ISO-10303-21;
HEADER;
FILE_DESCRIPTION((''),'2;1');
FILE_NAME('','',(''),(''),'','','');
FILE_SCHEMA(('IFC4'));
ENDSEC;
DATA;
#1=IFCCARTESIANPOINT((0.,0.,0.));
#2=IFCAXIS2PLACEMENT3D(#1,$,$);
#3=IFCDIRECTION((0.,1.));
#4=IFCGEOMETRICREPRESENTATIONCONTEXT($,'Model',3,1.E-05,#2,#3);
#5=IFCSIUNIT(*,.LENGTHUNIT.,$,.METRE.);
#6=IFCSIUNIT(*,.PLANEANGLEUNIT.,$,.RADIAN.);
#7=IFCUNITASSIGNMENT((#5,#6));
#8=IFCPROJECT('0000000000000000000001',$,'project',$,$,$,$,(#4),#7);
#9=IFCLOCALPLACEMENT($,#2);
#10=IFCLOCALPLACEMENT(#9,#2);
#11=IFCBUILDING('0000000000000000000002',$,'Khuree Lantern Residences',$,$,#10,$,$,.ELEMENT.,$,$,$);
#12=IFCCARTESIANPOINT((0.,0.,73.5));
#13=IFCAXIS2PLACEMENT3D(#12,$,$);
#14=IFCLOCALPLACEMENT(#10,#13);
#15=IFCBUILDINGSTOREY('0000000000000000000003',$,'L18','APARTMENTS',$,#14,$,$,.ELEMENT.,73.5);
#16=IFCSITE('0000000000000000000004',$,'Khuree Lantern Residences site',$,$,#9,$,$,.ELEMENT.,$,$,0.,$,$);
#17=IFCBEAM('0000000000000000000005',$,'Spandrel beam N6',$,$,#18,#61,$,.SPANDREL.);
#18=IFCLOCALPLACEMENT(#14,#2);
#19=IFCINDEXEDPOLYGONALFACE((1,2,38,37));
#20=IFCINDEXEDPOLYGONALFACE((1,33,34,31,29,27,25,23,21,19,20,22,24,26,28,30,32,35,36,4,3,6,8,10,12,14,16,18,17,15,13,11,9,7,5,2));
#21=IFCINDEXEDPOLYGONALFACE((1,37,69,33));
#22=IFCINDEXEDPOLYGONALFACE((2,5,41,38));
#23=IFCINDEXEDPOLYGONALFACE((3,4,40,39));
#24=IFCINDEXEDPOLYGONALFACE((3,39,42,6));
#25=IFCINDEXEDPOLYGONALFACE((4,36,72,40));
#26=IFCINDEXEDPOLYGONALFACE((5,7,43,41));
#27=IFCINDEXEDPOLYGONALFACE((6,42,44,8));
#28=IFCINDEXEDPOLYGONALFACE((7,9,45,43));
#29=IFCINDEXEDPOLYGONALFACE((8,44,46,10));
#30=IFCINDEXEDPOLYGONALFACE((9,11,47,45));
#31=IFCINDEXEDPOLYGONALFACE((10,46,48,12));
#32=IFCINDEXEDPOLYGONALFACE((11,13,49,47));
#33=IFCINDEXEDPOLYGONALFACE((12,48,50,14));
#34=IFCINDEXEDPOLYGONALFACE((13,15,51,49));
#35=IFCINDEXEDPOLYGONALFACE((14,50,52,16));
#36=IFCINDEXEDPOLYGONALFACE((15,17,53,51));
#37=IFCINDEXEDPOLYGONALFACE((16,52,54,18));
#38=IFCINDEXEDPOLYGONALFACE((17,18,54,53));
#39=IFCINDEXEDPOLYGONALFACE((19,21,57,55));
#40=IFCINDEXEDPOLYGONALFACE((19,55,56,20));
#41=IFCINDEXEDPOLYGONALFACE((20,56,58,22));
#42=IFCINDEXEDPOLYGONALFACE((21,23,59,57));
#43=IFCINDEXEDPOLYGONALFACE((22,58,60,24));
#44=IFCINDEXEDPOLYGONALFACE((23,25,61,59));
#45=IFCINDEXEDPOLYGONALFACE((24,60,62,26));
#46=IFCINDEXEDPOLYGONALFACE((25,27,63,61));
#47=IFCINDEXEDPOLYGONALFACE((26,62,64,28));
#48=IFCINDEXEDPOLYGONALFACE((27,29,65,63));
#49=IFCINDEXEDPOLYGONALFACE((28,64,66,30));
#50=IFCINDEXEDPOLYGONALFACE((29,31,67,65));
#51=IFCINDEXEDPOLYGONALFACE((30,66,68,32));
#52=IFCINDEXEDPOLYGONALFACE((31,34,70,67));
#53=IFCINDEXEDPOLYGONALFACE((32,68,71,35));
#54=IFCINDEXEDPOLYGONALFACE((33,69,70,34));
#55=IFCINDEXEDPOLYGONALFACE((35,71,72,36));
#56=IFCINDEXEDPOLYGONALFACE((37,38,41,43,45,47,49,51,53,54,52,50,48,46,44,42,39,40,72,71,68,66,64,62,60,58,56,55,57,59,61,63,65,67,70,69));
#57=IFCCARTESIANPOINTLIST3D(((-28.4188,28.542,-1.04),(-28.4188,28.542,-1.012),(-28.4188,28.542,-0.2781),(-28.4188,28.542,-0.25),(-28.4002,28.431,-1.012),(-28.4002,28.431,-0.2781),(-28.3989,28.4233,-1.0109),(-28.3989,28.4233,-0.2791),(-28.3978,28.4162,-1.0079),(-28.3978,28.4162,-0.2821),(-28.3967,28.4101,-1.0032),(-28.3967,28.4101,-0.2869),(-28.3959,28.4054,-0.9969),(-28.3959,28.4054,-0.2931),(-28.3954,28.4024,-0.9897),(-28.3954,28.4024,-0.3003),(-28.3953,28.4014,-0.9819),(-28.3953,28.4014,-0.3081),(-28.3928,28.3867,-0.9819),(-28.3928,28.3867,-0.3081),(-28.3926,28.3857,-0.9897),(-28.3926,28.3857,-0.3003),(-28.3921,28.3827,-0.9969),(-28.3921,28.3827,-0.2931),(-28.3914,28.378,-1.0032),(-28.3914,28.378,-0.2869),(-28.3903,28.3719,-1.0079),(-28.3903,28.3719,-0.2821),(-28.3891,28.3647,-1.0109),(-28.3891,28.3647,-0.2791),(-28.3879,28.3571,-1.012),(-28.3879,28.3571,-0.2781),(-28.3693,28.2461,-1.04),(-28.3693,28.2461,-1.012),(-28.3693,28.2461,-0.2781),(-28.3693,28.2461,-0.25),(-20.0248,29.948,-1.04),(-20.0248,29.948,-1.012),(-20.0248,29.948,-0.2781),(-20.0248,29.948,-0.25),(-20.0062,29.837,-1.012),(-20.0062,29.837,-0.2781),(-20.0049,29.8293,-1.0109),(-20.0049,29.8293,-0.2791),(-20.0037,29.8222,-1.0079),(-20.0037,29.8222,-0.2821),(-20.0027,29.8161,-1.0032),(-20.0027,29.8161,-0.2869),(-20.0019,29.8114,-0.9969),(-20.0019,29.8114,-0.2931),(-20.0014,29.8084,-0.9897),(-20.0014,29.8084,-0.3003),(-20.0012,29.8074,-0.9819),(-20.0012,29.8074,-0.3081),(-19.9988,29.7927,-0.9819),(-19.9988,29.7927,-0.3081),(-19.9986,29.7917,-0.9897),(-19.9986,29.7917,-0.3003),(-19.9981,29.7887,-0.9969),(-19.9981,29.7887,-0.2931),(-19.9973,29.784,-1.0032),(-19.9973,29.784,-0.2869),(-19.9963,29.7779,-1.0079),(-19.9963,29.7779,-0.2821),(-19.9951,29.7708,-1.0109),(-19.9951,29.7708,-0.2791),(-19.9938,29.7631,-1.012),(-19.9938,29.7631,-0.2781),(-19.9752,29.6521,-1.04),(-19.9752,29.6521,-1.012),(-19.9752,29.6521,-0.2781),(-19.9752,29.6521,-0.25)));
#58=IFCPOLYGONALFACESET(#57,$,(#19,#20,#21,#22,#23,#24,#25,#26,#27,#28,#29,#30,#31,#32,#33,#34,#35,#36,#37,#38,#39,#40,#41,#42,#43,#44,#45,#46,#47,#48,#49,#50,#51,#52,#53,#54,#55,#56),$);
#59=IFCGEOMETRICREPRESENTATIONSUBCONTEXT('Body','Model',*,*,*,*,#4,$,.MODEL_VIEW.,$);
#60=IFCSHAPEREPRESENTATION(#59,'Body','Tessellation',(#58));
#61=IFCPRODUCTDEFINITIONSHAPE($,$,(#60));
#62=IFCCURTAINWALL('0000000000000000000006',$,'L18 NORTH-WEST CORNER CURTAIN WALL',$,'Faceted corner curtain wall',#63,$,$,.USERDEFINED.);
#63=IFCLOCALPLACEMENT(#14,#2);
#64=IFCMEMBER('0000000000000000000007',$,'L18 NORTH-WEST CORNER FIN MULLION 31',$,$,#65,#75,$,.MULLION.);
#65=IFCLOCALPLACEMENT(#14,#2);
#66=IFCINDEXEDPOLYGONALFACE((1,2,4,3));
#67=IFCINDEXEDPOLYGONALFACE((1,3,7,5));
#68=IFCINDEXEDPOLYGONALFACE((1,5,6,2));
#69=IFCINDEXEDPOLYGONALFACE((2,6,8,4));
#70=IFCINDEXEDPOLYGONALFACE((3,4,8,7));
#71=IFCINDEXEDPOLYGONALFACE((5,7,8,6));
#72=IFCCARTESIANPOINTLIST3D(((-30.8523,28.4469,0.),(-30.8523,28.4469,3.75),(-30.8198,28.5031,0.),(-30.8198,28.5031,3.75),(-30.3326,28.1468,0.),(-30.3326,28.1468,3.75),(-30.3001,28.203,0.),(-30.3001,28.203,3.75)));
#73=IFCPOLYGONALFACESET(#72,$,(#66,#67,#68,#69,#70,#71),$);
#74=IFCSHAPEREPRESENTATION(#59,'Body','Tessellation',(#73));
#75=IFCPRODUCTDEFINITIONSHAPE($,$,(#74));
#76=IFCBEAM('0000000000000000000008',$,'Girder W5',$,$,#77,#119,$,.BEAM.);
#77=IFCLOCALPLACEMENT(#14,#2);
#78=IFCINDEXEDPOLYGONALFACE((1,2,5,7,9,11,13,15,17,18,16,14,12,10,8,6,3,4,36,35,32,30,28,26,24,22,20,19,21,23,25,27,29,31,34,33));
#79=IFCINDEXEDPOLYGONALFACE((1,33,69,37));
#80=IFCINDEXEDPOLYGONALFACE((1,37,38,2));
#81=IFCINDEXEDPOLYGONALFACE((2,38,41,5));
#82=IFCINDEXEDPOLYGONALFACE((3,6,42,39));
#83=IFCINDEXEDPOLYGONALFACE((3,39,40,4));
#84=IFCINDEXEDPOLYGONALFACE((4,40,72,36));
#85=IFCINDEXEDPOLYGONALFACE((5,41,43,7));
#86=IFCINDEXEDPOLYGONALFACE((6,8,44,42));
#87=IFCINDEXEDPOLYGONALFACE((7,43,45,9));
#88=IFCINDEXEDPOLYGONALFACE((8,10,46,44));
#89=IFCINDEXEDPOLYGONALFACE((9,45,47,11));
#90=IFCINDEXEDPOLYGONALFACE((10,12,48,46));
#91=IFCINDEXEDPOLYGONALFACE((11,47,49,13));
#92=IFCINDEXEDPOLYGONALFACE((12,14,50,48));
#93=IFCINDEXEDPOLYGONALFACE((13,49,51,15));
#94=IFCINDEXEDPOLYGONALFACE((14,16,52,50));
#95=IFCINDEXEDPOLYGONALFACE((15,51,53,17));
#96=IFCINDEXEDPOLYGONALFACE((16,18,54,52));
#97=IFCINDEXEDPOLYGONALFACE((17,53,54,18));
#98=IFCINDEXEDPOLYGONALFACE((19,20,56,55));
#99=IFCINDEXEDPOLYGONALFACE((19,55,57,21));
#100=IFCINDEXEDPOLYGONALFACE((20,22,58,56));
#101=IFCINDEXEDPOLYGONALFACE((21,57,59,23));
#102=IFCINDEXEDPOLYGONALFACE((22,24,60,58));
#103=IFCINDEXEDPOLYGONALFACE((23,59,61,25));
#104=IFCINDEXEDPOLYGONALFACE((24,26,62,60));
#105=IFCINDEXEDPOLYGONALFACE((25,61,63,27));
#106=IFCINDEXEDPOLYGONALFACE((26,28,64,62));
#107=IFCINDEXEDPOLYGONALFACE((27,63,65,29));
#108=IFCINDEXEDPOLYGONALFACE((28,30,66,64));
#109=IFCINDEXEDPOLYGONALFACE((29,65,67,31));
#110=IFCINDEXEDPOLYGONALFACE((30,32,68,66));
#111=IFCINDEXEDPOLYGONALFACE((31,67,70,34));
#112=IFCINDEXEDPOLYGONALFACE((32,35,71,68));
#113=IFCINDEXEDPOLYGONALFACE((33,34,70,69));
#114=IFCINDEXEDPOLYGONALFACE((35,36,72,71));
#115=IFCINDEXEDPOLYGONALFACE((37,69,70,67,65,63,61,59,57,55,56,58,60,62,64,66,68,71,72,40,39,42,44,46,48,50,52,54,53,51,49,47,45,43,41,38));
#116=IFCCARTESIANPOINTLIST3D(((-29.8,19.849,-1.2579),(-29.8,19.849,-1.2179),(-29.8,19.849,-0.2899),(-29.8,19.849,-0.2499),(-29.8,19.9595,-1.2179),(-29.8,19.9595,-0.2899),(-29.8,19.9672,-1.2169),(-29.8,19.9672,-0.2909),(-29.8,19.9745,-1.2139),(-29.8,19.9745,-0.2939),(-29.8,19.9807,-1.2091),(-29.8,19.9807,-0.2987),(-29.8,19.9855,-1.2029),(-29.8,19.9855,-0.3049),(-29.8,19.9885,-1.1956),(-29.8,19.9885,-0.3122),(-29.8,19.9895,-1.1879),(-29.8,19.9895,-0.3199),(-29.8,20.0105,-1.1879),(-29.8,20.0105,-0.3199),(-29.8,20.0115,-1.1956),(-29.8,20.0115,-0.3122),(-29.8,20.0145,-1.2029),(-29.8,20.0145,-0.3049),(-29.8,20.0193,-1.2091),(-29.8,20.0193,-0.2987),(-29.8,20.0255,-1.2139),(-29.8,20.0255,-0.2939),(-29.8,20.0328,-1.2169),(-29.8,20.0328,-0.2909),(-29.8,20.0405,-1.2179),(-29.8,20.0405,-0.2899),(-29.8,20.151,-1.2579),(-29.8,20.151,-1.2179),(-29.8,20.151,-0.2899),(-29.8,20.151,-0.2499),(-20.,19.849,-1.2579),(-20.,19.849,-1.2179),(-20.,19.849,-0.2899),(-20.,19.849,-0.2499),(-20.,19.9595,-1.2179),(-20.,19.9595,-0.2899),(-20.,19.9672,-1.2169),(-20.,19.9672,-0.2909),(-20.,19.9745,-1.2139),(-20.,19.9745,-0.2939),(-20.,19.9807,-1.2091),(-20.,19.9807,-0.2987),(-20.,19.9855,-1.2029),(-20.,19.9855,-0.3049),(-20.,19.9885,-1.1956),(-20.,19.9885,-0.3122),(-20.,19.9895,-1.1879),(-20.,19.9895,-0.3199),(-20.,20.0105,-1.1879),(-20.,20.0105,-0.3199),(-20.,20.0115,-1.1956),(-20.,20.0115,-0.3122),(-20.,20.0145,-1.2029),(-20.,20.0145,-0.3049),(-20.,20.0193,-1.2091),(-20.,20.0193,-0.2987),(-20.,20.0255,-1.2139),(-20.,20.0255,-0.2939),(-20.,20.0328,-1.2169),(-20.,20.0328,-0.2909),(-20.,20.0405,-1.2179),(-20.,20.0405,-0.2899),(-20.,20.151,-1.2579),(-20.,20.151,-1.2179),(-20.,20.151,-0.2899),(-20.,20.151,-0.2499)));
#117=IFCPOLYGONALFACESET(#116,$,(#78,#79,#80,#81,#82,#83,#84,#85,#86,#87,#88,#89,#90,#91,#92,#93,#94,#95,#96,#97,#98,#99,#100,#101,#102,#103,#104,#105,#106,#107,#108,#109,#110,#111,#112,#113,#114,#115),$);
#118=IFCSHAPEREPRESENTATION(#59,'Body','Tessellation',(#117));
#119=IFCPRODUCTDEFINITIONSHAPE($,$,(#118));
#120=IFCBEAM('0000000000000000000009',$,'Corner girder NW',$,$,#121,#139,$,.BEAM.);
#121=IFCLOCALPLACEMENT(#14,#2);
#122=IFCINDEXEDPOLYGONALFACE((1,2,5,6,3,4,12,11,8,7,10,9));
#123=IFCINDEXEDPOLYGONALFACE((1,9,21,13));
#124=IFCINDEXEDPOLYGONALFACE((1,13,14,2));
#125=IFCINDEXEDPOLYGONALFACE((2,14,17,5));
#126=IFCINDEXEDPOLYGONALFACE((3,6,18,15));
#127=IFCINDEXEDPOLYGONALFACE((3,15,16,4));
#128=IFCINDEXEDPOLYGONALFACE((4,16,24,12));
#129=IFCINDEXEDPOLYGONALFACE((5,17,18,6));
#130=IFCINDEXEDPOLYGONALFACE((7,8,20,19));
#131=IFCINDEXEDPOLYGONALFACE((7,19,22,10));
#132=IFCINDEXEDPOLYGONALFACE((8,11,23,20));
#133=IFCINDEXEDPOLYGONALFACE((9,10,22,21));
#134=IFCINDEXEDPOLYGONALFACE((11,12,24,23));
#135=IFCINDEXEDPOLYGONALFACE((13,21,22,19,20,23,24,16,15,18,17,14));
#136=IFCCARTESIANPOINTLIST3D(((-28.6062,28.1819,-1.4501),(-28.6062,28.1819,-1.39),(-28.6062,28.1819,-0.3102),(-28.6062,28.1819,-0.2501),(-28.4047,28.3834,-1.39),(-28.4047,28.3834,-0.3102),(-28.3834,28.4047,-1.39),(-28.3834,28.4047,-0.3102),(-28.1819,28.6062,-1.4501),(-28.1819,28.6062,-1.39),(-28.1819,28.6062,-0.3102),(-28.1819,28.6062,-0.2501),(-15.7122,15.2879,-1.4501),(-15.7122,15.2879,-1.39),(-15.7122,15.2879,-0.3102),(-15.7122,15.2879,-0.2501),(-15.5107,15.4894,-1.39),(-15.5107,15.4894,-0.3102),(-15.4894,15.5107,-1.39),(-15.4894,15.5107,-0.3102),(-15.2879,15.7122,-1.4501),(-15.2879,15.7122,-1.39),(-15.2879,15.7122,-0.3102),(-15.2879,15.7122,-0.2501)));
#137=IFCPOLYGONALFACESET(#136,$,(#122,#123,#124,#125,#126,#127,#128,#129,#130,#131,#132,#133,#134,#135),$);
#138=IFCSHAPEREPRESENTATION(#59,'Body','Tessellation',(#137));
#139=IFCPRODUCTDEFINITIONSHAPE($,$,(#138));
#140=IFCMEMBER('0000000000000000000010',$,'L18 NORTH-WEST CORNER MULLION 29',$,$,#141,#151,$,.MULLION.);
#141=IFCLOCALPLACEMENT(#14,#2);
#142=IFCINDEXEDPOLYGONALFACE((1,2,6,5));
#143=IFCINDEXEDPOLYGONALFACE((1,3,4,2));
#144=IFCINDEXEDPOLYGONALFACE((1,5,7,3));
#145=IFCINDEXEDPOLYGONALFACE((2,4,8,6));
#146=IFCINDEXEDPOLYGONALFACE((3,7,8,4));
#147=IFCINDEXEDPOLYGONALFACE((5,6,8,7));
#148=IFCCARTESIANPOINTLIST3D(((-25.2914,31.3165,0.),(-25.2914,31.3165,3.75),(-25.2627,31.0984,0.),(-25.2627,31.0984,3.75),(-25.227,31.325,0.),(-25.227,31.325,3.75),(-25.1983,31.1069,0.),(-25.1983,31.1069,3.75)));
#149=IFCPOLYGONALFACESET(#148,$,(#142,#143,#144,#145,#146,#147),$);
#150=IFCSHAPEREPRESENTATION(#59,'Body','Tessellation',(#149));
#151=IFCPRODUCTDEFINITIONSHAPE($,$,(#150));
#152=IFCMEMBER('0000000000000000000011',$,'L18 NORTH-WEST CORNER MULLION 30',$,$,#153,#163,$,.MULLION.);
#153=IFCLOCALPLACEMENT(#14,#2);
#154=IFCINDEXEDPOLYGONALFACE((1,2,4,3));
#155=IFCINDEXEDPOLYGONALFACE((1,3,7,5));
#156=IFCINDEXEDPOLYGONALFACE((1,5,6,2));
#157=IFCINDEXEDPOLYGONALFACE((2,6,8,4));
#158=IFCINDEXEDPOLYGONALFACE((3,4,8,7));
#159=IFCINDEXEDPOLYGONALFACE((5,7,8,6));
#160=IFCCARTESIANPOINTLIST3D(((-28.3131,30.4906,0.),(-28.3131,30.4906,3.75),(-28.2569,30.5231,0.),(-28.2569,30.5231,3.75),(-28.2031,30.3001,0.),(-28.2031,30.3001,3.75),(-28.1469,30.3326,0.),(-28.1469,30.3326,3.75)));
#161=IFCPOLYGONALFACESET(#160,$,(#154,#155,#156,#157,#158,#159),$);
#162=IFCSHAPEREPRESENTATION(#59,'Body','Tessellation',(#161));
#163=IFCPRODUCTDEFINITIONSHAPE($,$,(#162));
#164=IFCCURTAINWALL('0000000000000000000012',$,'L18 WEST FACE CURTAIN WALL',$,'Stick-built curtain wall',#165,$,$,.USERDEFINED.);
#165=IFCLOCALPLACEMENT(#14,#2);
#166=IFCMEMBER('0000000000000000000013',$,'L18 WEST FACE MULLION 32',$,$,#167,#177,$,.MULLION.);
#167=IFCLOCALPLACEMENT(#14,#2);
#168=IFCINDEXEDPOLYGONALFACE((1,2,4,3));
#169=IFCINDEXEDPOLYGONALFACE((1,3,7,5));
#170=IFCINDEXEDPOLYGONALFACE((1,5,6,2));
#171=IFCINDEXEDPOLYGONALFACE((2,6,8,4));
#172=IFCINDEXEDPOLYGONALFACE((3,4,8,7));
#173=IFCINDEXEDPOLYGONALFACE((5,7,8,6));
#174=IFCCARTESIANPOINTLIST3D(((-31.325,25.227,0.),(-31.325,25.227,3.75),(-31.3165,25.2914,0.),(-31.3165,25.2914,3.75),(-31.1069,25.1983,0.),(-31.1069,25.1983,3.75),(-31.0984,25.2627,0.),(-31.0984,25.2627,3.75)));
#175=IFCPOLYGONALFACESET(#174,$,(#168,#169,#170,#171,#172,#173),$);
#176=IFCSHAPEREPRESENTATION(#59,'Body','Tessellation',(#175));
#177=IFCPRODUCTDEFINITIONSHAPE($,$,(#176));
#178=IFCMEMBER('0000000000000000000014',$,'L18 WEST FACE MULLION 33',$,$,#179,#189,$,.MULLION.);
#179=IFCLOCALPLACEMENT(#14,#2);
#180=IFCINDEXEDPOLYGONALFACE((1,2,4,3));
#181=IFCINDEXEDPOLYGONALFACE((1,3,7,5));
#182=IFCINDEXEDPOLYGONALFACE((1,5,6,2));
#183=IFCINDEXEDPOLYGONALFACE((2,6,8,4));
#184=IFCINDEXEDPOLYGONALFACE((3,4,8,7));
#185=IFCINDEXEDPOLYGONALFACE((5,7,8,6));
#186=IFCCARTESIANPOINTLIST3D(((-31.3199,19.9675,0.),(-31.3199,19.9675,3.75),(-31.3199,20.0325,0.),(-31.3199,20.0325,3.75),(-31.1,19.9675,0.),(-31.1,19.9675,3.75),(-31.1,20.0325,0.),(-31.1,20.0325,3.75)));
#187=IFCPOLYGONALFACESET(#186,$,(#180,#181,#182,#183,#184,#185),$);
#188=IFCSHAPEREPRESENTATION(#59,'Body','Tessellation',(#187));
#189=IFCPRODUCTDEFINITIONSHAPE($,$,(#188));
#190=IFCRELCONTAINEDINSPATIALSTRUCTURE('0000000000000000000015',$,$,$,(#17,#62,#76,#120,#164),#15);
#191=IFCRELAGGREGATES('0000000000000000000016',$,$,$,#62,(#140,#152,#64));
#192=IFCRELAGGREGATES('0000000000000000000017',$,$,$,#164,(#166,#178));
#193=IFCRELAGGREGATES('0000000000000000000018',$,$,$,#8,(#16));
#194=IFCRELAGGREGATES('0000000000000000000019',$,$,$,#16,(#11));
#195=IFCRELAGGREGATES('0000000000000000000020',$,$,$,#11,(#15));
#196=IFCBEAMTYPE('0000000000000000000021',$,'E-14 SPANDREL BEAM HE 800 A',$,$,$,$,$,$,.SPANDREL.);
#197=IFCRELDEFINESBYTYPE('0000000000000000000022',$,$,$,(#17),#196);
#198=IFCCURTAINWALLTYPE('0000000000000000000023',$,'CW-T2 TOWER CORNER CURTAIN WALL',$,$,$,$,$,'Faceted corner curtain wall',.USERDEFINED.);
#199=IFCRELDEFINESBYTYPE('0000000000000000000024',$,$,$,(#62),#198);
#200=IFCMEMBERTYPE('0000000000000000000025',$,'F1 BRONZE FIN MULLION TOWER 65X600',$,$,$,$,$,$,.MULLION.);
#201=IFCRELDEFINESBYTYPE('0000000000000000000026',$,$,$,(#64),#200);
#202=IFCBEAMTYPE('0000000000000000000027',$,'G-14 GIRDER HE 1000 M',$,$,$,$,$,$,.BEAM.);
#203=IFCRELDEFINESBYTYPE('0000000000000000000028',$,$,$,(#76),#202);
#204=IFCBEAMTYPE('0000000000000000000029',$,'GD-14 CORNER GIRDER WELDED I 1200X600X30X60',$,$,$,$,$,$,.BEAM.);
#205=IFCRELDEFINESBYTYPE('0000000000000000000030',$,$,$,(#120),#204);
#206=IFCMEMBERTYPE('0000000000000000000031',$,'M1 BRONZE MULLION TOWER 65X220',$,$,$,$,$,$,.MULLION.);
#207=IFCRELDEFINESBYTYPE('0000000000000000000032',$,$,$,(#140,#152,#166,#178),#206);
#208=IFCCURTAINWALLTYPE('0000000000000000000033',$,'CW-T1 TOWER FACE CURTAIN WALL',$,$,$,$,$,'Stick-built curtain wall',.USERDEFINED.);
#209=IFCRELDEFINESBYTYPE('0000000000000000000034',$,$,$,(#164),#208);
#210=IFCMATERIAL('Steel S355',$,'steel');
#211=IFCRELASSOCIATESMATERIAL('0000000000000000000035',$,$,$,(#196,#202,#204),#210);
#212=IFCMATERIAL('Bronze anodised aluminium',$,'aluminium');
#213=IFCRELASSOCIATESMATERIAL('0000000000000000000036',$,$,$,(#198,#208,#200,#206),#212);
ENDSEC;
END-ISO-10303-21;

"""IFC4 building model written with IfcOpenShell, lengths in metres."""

from ifc_helpers import new_model, si_unit, direction, frame, origin, origin_2d, place, context, subcontext, project, spatial, rectangle, i_section, extrude, material, material_profile, profile_set, type_object, element, aggregate, save


model = new_model("IFC4")

# Units and contexts
model_context = context("Model", 3, precision=1e-05, world=origin(), true_north=direction((0.0, 1.0)))
body_context = subcontext(model_context, "Body", "Model", "MODEL_VIEW")
ifc_project = project(units=[si_unit("LENGTHUNIT", "METRE"), si_unit("PLANEANGLEUNIT", "RADIAN")], contexts=[model_context])

# Site, building, storey
site_placement = place(None, origin())
site = spatial("IfcSite", under=ifc_project, at=site_placement, Name="Khuree Lantern Residences site", CompositionType="ELEMENT", RefElevation=0.0)
building_placement = place(site_placement, origin())
building = spatial("IfcBuilding", under=site, at=building_placement, Name="Khuree Lantern Residences", CompositionType="ELEMENT")
storey_placement = place(building_placement, frame((0.0, 0.0, 73.5)))
storey = spatial("IfcBuildingStorey", under=building, at=storey_placement, Name="L18", Description="APARTMENTS", CompositionType="ELEMENT", Elevation=73.5)

# Beam
ifc_material_1 = material(Name="Steel S355", Category="steel")
ifc_material_profile_1 = material_profile(ifc_material_1, i_section(OverallWidth=0.3, OverallDepth=0.79, WebThickness=0.0149, FlangeThickness=0.0281, FilletRadius=0.03, at=origin_2d()), Name="HE 800 A")
ifc_profile_set_1 = profile_set([ifc_material_profile_1], Name="Steel S355")
beam_type_1 = type_object("IfcBeamType", Name="E-14 SPANDREL BEAM HE 800 A", PredefinedType="SPANDREL", material=ifc_profile_set_1)
for number, where, z_axis, x_axis, name in (
    (1, (-28.394, 28.394, -0.645), (0.98626, 0.165199, 0.0), (-0.165199, 0.98626, 0.0), "Spandrel beam N6"),
):
    element("IfcBeam", number, at=place(storey_placement, frame(where, z_axis=z_axis, x_axis=x_axis)), inside=storey, type_object=beam_type_1, Name=name, PredefinedType="SPANDREL", context=body_context, shape_type="SweptSolid", body=[
        extrude(i_section(OverallWidth=0.3, OverallDepth=0.79, WebThickness=0.0149, FlangeThickness=0.0281, FilletRadius=0.03, at=origin_2d()), origin(), (0.0, 0.0, 1.0), 8.511),
    ])

# Curtain wall, member
ifc_material_2 = material(Name="Bronze anodised aluminium", Category="aluminium")
curtain_wall_type_1 = type_object("IfcCurtainWallType", Name="CW-T2 TOWER CORNER CURTAIN WALL", ElementType="Faceted corner curtain wall", PredefinedType="USERDEFINED", material=ifc_material_2)
curtain_wall_1_placement = place(storey_placement, origin())
curtain_wall_1 = element("IfcCurtainWall", 2, at=curtain_wall_1_placement, inside=storey, type_object=curtain_wall_type_1, Name="L18 NORTH-WEST CORNER CURTAIN WALL", ObjectType="Faceted corner curtain wall", PredefinedType="USERDEFINED")
ifc_material_profile_2 = material_profile(ifc_material_2, rectangle(XDim=0.0649, YDim=0.6001, at=origin_2d()), Name="F1 65X600")
ifc_profile_set_2 = profile_set([ifc_material_profile_2], Name="Bronze anodised aluminium")
member_type_1 = type_object("IfcMemberType", Name="F1 BRONZE FIN MULLION TOWER 65X600", PredefinedType="MULLION", material=ifc_profile_set_2)
member_1_placement = place(storey_placement, frame((-30.5762, 28.325, 0.0), z_axis=(0.0, 0.0, 1.0), x_axis=(-0.5, -0.866025, 0.0)))
member_1 = element("IfcMember", 3, at=member_1_placement, type_object=member_type_1, Name="L18 NORTH-WEST CORNER FIN MULLION 31", PredefinedType="MULLION", context=body_context, shape_type="SweptSolid", body=[
    extrude(rectangle(XDim=0.0649, YDim=0.6001, at=origin_2d()), origin(), (0.0, 0.0, 1.0), 3.75),
])

# Beams
ifc_material_profile_3 = material_profile(ifc_material_1, i_section(OverallWidth=0.302, OverallDepth=1.0081, WebThickness=0.021, FlangeThickness=0.04, FilletRadius=0.03, at=origin_2d()), Name="HE 1000 M")
ifc_profile_set_3 = profile_set([ifc_material_profile_3], Name="Steel S355")
beam_type_2 = type_object("IfcBeamType", Name="G-14 GIRDER HE 1000 M", PredefinedType="BEAM", material=ifc_profile_set_3)
beam_1_placement = place(storey_placement, frame((-29.8, 20.0, -0.7539), z_axis=(1.0, 0.0, 0.0), x_axis=(0.0, 1.0, 0.0)))
element("IfcBeam", 4, at=beam_1_placement, inside=storey, type_object=beam_type_2, Name="Girder W5", PredefinedType="BEAM", context=body_context, shape_type="SweptSolid", body=[
    extrude(i_section(OverallWidth=0.302, OverallDepth=1.0081, WebThickness=0.021, FlangeThickness=0.04, FilletRadius=0.03, at=origin_2d()), origin(), (0.0, 0.0, 1.0), 9.8),
])
ifc_material_profile_4 = material_profile(ifc_material_1, i_section(OverallWidth=0.6001, OverallDepth=1.2, WebThickness=0.03, FlangeThickness=0.0601, at=origin_2d()), Name="WELDED I 1200X600X30X60")
ifc_profile_set_4 = profile_set([ifc_material_profile_4], Name="Steel S355")
beam_type_3 = type_object("IfcBeamType", Name="GD-14 CORNER GIRDER WELDED I 1200X600X30X60", PredefinedType="BEAM", material=ifc_profile_set_4)
beam_2_placement = place(storey_placement, frame((-28.394, 28.394, -0.8501), z_axis=(0.707107, -0.707107, 0.0), x_axis=(0.707107, 0.707107, 0.0)))
element("IfcBeam", 5, at=beam_2_placement, inside=storey, type_object=beam_type_3, Name="Corner girder NW", PredefinedType="BEAM", context=body_context, shape_type="SweptSolid", body=[
    extrude(i_section(OverallWidth=0.6001, OverallDepth=1.2, WebThickness=0.03, FlangeThickness=0.0601, at=origin_2d()), origin(), (0.0, 0.0, 1.0), 18.2349),
])

# Members
ifc_material_profile_5 = material_profile(ifc_material_2, rectangle(XDim=0.0649, YDim=0.22, at=origin_2d()), Name="M1 65X220")
ifc_profile_set_5 = profile_set([ifc_material_profile_5], Name="Bronze anodised aluminium")
member_type_2 = type_object("IfcMemberType", Name="M1 BRONZE MULLION TOWER 65X220", PredefinedType="MULLION", material=ifc_profile_set_5)
member_2_placement = place(storey_placement, frame((-25.2449, 31.2117, 0.0), z_axis=(0.0, 0.0, 1.0), x_axis=(-0.991445, -0.130526, 0.0)))
member_2 = element("IfcMember", 6, at=member_2_placement, type_object=member_type_2, Name="L18 NORTH-WEST CORNER MULLION 29", PredefinedType="MULLION", context=body_context, shape_type="SweptSolid", body=[
    extrude(rectangle(XDim=0.0649, YDim=0.22, at=origin_2d()), origin(), (0.0, 0.0, 1.0), 3.75),
])
member_3_placement = place(storey_placement, frame((-28.23, 30.4116, 0.0), z_axis=(0.0, 0.0, 1.0), x_axis=(-0.866025, -0.5, 0.0)))
member_3 = element("IfcMember", 7, at=member_3_placement, type_object=member_type_2, Name="L18 NORTH-WEST CORNER MULLION 30", PredefinedType="MULLION", context=body_context, shape_type="SweptSolid", body=[
    extrude(rectangle(XDim=0.0649, YDim=0.22, at=origin_2d()), origin(), (0.0, 0.0, 1.0), 3.75),
])

# Curtain wall, members
curtain_wall_type_2 = type_object("IfcCurtainWallType", Name="CW-T1 TOWER FACE CURTAIN WALL", ElementType="Stick-built curtain wall", PredefinedType="USERDEFINED", material=ifc_material_2)
curtain_wall_2_placement = place(storey_placement, origin())
curtain_wall_2 = element("IfcCurtainWall", 8, at=curtain_wall_2_placement, inside=storey, type_object=curtain_wall_type_2, Name="L18 WEST FACE CURTAIN WALL", ObjectType="Stick-built curtain wall", PredefinedType="USERDEFINED")
member_4_placement = place(storey_placement, frame((-31.2117, 25.2449, 0.0), z_axis=(0.0, 0.0, 1.0), x_axis=(-0.130526, -0.991445, 0.0)))
member_4 = element("IfcMember", 9, at=member_4_placement, type_object=member_type_2, Name="L18 WEST FACE MULLION 32", PredefinedType="MULLION", context=body_context, shape_type="SweptSolid", body=[
    extrude(rectangle(XDim=0.0649, YDim=0.22, at=origin_2d()), origin(), (0.0, 0.0, 1.0), 3.75),
])
member_5_placement = place(storey_placement, frame((-31.21, 20.0, 0.0), z_axis=(0.0, 0.0, 1.0), x_axis=(0.0, -1.0, 0.0)))
member_5 = element("IfcMember", 10, at=member_5_placement, type_object=member_type_2, Name="L18 WEST FACE MULLION 33", PredefinedType="MULLION", context=body_context, shape_type="SweptSolid", body=[
    extrude(rectangle(XDim=0.0649, YDim=0.22, at=origin_2d()), origin(), (0.0, 0.0, 1.0), 3.75),
])

aggregate(curtain_wall_1, [member_2, member_3, member_1])
aggregate(curtain_wall_2, [member_4, member_5])

save(model, "model.ifc")
